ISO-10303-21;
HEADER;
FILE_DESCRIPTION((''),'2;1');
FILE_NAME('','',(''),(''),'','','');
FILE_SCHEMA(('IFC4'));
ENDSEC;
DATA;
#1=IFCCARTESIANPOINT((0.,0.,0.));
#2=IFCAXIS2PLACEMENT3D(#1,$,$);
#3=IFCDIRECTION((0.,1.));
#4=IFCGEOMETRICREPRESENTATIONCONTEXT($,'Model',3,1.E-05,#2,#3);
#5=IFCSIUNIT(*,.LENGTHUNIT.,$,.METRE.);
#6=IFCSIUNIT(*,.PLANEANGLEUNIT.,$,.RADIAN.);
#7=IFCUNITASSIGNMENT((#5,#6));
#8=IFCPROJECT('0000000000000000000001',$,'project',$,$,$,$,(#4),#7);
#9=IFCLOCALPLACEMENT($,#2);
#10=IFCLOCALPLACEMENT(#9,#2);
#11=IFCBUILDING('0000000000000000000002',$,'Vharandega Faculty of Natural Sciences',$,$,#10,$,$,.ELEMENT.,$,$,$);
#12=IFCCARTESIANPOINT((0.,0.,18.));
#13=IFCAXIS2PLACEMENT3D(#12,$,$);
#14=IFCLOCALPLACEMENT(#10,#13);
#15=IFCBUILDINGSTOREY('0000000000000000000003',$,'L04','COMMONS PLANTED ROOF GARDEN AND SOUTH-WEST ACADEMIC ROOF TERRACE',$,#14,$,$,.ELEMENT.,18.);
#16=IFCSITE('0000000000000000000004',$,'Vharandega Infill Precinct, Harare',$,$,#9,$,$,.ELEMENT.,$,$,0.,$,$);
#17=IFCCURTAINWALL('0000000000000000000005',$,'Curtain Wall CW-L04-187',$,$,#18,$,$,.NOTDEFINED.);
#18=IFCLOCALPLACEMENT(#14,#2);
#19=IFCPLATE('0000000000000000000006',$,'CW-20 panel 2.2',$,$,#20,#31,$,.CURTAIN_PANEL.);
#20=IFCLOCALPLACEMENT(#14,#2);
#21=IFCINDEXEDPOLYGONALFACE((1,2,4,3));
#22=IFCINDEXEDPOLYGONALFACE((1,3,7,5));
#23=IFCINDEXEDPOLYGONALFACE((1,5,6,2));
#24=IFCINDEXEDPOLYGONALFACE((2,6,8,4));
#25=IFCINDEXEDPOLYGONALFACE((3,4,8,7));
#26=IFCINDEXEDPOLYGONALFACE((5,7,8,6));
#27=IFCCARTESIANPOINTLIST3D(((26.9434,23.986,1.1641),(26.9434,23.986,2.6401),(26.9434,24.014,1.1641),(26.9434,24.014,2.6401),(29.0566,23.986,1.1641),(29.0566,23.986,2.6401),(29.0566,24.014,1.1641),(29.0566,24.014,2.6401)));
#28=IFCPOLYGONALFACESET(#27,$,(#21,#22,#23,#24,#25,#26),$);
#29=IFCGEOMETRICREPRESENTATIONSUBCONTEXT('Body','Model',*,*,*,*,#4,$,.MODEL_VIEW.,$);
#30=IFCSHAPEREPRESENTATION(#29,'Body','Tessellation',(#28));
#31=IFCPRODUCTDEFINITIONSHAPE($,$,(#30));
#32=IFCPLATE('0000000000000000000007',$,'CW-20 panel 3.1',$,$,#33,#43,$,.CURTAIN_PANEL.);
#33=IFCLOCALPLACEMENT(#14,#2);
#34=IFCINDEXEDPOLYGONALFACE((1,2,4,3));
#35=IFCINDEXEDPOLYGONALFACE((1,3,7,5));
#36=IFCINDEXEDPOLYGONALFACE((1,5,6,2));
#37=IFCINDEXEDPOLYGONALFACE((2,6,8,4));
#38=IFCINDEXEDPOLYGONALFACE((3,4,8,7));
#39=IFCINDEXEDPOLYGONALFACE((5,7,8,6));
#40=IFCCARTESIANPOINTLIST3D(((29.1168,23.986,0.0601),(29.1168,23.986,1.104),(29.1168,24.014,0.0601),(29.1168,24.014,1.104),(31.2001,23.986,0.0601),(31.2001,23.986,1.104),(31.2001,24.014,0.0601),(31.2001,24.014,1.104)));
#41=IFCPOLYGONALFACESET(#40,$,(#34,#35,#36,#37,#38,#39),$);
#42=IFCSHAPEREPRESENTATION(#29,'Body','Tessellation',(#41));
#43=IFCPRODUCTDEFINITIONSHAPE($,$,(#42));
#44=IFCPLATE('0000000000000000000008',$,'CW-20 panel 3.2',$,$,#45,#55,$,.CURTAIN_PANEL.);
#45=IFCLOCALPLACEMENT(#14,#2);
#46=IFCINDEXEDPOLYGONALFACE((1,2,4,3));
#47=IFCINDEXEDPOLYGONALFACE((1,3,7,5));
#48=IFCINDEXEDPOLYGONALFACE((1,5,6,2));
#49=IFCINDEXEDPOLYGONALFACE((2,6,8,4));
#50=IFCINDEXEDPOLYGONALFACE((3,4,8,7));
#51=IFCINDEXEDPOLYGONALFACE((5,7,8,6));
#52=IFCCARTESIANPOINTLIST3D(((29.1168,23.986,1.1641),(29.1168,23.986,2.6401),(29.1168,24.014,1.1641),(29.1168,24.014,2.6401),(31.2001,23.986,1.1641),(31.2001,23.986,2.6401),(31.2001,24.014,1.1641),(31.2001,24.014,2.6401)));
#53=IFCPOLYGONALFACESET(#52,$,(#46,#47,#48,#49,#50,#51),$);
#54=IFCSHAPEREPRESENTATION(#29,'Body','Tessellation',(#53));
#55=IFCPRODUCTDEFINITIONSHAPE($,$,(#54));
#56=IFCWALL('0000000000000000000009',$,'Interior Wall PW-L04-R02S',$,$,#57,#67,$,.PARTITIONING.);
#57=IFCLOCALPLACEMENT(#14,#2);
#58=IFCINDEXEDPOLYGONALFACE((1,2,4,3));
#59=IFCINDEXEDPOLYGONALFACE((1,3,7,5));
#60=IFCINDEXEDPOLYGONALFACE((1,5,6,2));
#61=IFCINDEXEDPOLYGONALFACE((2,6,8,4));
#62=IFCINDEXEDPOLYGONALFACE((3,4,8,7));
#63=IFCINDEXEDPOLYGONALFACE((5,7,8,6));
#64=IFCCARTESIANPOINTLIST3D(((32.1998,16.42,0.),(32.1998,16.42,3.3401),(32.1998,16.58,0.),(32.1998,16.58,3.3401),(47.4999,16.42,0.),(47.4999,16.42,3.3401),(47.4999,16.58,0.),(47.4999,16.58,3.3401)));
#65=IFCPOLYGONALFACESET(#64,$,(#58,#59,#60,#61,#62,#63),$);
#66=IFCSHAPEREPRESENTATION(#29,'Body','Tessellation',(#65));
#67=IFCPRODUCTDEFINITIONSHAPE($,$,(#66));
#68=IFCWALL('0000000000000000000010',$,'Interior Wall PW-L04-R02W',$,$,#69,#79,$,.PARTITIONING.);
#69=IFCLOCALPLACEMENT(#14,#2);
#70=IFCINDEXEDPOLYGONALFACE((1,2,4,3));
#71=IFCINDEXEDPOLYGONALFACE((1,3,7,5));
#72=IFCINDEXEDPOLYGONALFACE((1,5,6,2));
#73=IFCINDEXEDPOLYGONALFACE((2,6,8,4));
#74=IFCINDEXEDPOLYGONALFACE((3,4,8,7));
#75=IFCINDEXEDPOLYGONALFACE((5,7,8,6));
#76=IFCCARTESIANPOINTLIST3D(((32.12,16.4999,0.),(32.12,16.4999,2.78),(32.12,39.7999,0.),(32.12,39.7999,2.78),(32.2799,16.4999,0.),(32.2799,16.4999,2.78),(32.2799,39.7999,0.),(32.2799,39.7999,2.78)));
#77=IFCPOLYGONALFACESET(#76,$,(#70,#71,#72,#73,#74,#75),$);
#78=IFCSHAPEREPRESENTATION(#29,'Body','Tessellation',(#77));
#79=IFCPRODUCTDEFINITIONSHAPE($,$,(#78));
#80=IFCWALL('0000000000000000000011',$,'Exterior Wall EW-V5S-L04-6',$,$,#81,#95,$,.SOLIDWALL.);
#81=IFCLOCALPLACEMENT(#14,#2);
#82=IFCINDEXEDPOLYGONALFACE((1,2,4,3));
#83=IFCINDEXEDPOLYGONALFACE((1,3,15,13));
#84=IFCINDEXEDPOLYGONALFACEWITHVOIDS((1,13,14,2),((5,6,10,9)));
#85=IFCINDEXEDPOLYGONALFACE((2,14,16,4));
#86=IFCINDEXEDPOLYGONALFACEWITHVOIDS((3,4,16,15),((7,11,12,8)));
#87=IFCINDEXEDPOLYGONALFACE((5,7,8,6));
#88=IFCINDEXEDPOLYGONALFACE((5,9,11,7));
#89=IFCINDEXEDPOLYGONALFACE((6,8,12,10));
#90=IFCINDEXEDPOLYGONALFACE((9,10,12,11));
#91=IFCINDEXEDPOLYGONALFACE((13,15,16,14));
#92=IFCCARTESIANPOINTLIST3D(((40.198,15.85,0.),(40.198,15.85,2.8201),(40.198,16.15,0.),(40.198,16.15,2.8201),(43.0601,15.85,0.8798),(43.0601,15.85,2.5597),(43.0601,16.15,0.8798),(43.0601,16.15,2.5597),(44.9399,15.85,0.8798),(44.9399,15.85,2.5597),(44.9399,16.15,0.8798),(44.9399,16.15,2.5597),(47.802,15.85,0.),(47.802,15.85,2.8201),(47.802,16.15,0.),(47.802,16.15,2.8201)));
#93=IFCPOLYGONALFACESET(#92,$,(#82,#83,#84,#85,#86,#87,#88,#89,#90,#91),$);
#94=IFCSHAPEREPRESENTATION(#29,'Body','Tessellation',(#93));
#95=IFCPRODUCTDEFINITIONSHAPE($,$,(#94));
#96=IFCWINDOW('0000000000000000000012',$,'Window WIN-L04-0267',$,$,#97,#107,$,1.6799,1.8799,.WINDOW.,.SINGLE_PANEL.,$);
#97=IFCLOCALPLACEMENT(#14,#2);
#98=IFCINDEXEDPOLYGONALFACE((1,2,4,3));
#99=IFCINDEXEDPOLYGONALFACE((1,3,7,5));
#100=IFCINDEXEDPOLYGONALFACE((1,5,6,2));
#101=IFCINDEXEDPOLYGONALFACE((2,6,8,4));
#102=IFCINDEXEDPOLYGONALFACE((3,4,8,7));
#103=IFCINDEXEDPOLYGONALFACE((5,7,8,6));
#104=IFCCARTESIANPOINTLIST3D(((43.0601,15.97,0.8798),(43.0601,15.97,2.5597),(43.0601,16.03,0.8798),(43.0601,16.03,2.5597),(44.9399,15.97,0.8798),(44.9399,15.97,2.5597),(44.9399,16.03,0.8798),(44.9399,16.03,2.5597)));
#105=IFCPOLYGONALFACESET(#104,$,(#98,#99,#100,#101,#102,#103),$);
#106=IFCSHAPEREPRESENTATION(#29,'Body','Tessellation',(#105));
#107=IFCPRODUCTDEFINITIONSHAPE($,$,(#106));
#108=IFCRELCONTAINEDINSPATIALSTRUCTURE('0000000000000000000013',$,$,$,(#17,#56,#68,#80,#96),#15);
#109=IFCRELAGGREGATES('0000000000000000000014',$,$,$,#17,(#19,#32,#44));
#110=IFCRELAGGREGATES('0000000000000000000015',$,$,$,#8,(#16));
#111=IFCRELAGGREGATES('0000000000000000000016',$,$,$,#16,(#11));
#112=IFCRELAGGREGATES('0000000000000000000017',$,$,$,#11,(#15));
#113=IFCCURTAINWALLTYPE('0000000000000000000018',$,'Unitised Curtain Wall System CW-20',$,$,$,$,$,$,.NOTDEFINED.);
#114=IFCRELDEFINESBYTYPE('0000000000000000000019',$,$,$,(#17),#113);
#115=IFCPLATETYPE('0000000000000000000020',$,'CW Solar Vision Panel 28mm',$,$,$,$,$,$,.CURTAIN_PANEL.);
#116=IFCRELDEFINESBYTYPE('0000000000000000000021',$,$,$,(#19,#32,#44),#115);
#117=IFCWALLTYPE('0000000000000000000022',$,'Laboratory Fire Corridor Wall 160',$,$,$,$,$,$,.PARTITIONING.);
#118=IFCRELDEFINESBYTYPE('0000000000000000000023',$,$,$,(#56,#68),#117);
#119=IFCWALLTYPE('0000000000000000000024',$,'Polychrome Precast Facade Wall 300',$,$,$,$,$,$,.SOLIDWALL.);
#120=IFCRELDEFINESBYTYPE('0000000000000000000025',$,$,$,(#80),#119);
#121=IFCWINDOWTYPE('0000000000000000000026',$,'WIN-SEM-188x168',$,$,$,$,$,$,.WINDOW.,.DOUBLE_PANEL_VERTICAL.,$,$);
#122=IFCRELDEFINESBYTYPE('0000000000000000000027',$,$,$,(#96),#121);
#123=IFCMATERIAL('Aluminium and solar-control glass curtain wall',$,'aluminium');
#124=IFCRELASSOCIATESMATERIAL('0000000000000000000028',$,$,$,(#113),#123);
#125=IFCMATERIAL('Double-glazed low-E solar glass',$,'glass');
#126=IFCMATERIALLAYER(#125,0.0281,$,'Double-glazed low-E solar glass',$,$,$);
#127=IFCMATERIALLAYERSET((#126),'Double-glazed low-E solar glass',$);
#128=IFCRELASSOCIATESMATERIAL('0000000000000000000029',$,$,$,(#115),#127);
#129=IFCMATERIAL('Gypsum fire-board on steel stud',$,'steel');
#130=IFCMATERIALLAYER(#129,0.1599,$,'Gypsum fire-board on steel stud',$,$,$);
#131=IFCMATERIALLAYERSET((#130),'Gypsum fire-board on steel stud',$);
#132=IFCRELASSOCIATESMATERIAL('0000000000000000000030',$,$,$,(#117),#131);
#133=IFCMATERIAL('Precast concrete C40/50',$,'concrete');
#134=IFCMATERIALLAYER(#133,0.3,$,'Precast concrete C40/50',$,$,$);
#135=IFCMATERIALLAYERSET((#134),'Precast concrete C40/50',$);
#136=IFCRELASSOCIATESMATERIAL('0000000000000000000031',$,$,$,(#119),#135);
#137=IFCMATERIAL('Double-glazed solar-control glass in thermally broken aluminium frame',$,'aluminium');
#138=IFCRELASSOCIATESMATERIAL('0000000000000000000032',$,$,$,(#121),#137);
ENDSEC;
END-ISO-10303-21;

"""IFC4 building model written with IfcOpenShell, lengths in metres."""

from ifc_helpers import new_model, si_unit, direction, frame, frame_2d, origin, origin_2d, place, context, subcontext, project, spatial, rectangle, extrude, material, layer, layer_set, type_object, element, fill, aggregate, save


model = new_model("IFC4")

# Units and contexts
model_context = context("Model", 3, precision=1e-05, world=origin(), true_north=direction((0.0, 1.0)))
body_context = subcontext(model_context, "Body", "Model", "MODEL_VIEW")
ifc_project = project(units=[si_unit("LENGTHUNIT", "METRE"), si_unit("PLANEANGLEUNIT", "RADIAN")], contexts=[model_context])

# Site, building, storey
site_placement = place(None, origin())
site = spatial("IfcSite", under=ifc_project, at=site_placement, Name="Vharandega Infill Precinct, Harare", CompositionType="ELEMENT", RefElevation=0.0)
building_placement = place(site_placement, origin())
building = spatial("IfcBuilding", under=site, at=building_placement, Name="Vharandega Faculty of Natural Sciences", CompositionType="ELEMENT")
storey_placement = place(building_placement, frame((0.0, 0.0, 18.0)))
storey = spatial("IfcBuildingStorey", under=building, at=storey_placement, Name="L04", Description="COMMONS PLANTED ROOF GARDEN AND SOUTH-WEST ACADEMIC ROOF TERRACE", CompositionType="ELEMENT", Elevation=18.0)

# Curtain wall
ifc_material_1 = material(Name="Aluminium and solar-control glass curtain wall", Category="aluminium")
curtain_wall_type = type_object("IfcCurtainWallType", Name="Unitised Curtain Wall System CW-20", PredefinedType="NOTDEFINED", material=ifc_material_1)
curtain_wall_placement = place(storey_placement, origin())
curtain_wall = element("IfcCurtainWall", 1, at=curtain_wall_placement, inside=storey, type_object=curtain_wall_type, Name="Curtain Wall CW-L04-187", PredefinedType="NOTDEFINED")

# Plates
ifc_material_2 = material(Name="Double-glazed low-E solar glass", Category="glass")
ifc_layer_1 = layer(ifc_material_2, 0.0281, Name="Double-glazed low-E solar glass")
ifc_layer_set_1 = layer_set([ifc_layer_1], Name="Double-glazed low-E solar glass")
plate_type = type_object("IfcPlateType", Name="CW Solar Vision Panel 28mm", PredefinedType="CURTAIN_PANEL", material=ifc_layer_set_1)
plate_1_placement = place(storey_placement, frame((28.0, 24.0, 1.1641), z_axis=(0.0, 0.0, 1.0), x_axis=(1.0, 0.0, 0.0)))
plate_1 = element("IfcPlate", 2, at=plate_1_placement, type_object=plate_type, Name="CW-20 panel 2.2", PredefinedType="CURTAIN_PANEL", context=body_context, shape_type="SweptSolid", body=[
    extrude(rectangle(XDim=2.1133, YDim=0.0281, at=origin_2d()), origin(), (0.0, 0.0, 1.0), 1.4761),
])
plate_2_placement = place(storey_placement, frame((30.1584, 24.0, 0.0601), z_axis=(0.0, 0.0, 1.0), x_axis=(1.0, 0.0, 0.0)))
plate_2 = element("IfcPlate", 3, at=plate_2_placement, type_object=plate_type, Name="CW-20 panel 3.1", PredefinedType="CURTAIN_PANEL", context=body_context, shape_type="SweptSolid", body=[
    extrude(rectangle(XDim=2.0833, YDim=0.0281, at=origin_2d()), origin(), (0.0, 0.0, 1.0), 1.0439),
])
plate_3_placement = place(storey_placement, frame((30.1584, 24.0, 1.1641), z_axis=(0.0, 0.0, 1.0), x_axis=(1.0, 0.0, 0.0)))
plate_3 = element("IfcPlate", 4, at=plate_3_placement, type_object=plate_type, Name="CW-20 panel 3.2", PredefinedType="CURTAIN_PANEL", context=body_context, shape_type="SweptSolid", body=[
    extrude(rectangle(XDim=2.0833, YDim=0.0281, at=origin_2d()), origin(), (0.0, 0.0, 1.0), 1.4761),
])
aggregate(curtain_wall, [plate_1, plate_2, plate_3])

# Walls
ifc_material_3 = material(Name="Gypsum fire-board on steel stud", Category="steel")
ifc_layer_2 = layer(ifc_material_3, 0.1599, Name="Gypsum fire-board on steel stud")
ifc_layer_set_2 = layer_set([ifc_layer_2], Name="Gypsum fire-board on steel stud")
wall_type_1 = type_object("IfcWallType", Name="Laboratory Fire Corridor Wall 160", PredefinedType="PARTITIONING", material=ifc_layer_set_2)
wall_1_placement = place(storey_placement, frame((32.2, 16.5, 0.0), z_axis=(0.0, 0.0, 1.0), x_axis=(1.0, 0.0, 0.0)))
element("IfcWall", 5, at=wall_1_placement, inside=storey, type_object=wall_type_1, Name="Interior Wall PW-L04-R02S", PredefinedType="PARTITIONING", context=body_context, shape_type="SweptSolid", body=[
    extrude(rectangle(XDim=15.3, YDim=0.1599, at=frame_2d((7.6499, 0.0))), origin(), (0.0, 0.0, 1.0), 3.3401),
])
wall_2_placement = place(storey_placement, frame((32.2, 16.5, 0.0), z_axis=(0.0, 0.0, 1.0), x_axis=(0.0, 1.0, 0.0)))
element("IfcWall", 6, at=wall_2_placement, inside=storey, type_object=wall_type_1, Name="Interior Wall PW-L04-R02W", PredefinedType="PARTITIONING", context=body_context, shape_type="SweptSolid", body=[
    extrude(rectangle(XDim=23.3, YDim=0.1599, at=frame_2d((11.6499, 0.0))), origin(), (0.0, 0.0, 1.0), 2.78),
])

# Wall, opening, window
ifc_material_4 = material(Name="Precast concrete C40/50", Category="concrete")
ifc_layer_3 = layer(ifc_material_4, 0.3, Name="Precast concrete C40/50")
ifc_layer_set_3 = layer_set([ifc_layer_3], Name="Precast concrete C40/50")
wall_type_2 = type_object("IfcWallType", Name="Polychrome Precast Facade Wall 300", PredefinedType="SOLIDWALL", material=ifc_layer_set_3)
wall_3_placement = place(storey_placement, frame((47.802, 16.0, 0.0), z_axis=(0.0, 0.0, 1.0), x_axis=(-1.0, 0.0, 0.0)))
wall_3 = element("IfcWall", 7, at=wall_3_placement, inside=storey, type_object=wall_type_2, Name="Exterior Wall EW-V5S-L04-6", PredefinedType="SOLIDWALL", context=body_context, shape_type="SweptSolid", body=[
    extrude(rectangle(XDim=7.604, YDim=0.3, at=frame_2d((3.802, 0.0))), origin(), (0.0, 0.0, 1.0), 2.8201),
])
opening_placement = place(wall_3_placement, frame((2.8621, 0.0, 0.8799)))
opening = element("IfcOpeningElement", 8, at=opening_placement, cuts=wall_3, PredefinedType="OPENING", context=body_context, shape_type="SweptSolid", body=[
    extrude(rectangle(XDim=1.8799, YDim=1.6799, at=frame_2d((0.9399, 0.8398))), frame((0.0, 0.1602, 0.0), z_axis=(0.0, -1.0, 0.0), x_axis=(1.0, 0.0, 0.0)), (0.0, 0.0, 1.0), 0.3201),
])
ifc_material_5 = material(Name="Double-glazed solar-control glass in thermally broken aluminium frame", Category="aluminium")
window_type = type_object("IfcWindowType", Name="WIN-SEM-188x168", PartitioningType="DOUBLE_PANEL_VERTICAL", PredefinedType="WINDOW", material=ifc_material_5)
window_placement = place(opening_placement, origin())
window = element("IfcWindow", 9, at=window_placement, inside=storey, type_object=window_type, Name="Window WIN-L04-0267", OverallHeight=1.6799, OverallWidth=1.8799, PartitioningType="SINGLE_PANEL", PredefinedType="WINDOW", context=body_context, shape_type="SweptSolid", body=[
    extrude(rectangle(XDim=1.8799, YDim=1.6799, at=frame_2d((0.9399, 0.8398))), frame((0.0, 0.03, 0.0), z_axis=(0.0, -1.0, 0.0), x_axis=(1.0, 0.0, 0.0)), (0.0, 0.0, 1.0), 0.0601),
])
fill(opening, window)

save(model, "model.ifc")
